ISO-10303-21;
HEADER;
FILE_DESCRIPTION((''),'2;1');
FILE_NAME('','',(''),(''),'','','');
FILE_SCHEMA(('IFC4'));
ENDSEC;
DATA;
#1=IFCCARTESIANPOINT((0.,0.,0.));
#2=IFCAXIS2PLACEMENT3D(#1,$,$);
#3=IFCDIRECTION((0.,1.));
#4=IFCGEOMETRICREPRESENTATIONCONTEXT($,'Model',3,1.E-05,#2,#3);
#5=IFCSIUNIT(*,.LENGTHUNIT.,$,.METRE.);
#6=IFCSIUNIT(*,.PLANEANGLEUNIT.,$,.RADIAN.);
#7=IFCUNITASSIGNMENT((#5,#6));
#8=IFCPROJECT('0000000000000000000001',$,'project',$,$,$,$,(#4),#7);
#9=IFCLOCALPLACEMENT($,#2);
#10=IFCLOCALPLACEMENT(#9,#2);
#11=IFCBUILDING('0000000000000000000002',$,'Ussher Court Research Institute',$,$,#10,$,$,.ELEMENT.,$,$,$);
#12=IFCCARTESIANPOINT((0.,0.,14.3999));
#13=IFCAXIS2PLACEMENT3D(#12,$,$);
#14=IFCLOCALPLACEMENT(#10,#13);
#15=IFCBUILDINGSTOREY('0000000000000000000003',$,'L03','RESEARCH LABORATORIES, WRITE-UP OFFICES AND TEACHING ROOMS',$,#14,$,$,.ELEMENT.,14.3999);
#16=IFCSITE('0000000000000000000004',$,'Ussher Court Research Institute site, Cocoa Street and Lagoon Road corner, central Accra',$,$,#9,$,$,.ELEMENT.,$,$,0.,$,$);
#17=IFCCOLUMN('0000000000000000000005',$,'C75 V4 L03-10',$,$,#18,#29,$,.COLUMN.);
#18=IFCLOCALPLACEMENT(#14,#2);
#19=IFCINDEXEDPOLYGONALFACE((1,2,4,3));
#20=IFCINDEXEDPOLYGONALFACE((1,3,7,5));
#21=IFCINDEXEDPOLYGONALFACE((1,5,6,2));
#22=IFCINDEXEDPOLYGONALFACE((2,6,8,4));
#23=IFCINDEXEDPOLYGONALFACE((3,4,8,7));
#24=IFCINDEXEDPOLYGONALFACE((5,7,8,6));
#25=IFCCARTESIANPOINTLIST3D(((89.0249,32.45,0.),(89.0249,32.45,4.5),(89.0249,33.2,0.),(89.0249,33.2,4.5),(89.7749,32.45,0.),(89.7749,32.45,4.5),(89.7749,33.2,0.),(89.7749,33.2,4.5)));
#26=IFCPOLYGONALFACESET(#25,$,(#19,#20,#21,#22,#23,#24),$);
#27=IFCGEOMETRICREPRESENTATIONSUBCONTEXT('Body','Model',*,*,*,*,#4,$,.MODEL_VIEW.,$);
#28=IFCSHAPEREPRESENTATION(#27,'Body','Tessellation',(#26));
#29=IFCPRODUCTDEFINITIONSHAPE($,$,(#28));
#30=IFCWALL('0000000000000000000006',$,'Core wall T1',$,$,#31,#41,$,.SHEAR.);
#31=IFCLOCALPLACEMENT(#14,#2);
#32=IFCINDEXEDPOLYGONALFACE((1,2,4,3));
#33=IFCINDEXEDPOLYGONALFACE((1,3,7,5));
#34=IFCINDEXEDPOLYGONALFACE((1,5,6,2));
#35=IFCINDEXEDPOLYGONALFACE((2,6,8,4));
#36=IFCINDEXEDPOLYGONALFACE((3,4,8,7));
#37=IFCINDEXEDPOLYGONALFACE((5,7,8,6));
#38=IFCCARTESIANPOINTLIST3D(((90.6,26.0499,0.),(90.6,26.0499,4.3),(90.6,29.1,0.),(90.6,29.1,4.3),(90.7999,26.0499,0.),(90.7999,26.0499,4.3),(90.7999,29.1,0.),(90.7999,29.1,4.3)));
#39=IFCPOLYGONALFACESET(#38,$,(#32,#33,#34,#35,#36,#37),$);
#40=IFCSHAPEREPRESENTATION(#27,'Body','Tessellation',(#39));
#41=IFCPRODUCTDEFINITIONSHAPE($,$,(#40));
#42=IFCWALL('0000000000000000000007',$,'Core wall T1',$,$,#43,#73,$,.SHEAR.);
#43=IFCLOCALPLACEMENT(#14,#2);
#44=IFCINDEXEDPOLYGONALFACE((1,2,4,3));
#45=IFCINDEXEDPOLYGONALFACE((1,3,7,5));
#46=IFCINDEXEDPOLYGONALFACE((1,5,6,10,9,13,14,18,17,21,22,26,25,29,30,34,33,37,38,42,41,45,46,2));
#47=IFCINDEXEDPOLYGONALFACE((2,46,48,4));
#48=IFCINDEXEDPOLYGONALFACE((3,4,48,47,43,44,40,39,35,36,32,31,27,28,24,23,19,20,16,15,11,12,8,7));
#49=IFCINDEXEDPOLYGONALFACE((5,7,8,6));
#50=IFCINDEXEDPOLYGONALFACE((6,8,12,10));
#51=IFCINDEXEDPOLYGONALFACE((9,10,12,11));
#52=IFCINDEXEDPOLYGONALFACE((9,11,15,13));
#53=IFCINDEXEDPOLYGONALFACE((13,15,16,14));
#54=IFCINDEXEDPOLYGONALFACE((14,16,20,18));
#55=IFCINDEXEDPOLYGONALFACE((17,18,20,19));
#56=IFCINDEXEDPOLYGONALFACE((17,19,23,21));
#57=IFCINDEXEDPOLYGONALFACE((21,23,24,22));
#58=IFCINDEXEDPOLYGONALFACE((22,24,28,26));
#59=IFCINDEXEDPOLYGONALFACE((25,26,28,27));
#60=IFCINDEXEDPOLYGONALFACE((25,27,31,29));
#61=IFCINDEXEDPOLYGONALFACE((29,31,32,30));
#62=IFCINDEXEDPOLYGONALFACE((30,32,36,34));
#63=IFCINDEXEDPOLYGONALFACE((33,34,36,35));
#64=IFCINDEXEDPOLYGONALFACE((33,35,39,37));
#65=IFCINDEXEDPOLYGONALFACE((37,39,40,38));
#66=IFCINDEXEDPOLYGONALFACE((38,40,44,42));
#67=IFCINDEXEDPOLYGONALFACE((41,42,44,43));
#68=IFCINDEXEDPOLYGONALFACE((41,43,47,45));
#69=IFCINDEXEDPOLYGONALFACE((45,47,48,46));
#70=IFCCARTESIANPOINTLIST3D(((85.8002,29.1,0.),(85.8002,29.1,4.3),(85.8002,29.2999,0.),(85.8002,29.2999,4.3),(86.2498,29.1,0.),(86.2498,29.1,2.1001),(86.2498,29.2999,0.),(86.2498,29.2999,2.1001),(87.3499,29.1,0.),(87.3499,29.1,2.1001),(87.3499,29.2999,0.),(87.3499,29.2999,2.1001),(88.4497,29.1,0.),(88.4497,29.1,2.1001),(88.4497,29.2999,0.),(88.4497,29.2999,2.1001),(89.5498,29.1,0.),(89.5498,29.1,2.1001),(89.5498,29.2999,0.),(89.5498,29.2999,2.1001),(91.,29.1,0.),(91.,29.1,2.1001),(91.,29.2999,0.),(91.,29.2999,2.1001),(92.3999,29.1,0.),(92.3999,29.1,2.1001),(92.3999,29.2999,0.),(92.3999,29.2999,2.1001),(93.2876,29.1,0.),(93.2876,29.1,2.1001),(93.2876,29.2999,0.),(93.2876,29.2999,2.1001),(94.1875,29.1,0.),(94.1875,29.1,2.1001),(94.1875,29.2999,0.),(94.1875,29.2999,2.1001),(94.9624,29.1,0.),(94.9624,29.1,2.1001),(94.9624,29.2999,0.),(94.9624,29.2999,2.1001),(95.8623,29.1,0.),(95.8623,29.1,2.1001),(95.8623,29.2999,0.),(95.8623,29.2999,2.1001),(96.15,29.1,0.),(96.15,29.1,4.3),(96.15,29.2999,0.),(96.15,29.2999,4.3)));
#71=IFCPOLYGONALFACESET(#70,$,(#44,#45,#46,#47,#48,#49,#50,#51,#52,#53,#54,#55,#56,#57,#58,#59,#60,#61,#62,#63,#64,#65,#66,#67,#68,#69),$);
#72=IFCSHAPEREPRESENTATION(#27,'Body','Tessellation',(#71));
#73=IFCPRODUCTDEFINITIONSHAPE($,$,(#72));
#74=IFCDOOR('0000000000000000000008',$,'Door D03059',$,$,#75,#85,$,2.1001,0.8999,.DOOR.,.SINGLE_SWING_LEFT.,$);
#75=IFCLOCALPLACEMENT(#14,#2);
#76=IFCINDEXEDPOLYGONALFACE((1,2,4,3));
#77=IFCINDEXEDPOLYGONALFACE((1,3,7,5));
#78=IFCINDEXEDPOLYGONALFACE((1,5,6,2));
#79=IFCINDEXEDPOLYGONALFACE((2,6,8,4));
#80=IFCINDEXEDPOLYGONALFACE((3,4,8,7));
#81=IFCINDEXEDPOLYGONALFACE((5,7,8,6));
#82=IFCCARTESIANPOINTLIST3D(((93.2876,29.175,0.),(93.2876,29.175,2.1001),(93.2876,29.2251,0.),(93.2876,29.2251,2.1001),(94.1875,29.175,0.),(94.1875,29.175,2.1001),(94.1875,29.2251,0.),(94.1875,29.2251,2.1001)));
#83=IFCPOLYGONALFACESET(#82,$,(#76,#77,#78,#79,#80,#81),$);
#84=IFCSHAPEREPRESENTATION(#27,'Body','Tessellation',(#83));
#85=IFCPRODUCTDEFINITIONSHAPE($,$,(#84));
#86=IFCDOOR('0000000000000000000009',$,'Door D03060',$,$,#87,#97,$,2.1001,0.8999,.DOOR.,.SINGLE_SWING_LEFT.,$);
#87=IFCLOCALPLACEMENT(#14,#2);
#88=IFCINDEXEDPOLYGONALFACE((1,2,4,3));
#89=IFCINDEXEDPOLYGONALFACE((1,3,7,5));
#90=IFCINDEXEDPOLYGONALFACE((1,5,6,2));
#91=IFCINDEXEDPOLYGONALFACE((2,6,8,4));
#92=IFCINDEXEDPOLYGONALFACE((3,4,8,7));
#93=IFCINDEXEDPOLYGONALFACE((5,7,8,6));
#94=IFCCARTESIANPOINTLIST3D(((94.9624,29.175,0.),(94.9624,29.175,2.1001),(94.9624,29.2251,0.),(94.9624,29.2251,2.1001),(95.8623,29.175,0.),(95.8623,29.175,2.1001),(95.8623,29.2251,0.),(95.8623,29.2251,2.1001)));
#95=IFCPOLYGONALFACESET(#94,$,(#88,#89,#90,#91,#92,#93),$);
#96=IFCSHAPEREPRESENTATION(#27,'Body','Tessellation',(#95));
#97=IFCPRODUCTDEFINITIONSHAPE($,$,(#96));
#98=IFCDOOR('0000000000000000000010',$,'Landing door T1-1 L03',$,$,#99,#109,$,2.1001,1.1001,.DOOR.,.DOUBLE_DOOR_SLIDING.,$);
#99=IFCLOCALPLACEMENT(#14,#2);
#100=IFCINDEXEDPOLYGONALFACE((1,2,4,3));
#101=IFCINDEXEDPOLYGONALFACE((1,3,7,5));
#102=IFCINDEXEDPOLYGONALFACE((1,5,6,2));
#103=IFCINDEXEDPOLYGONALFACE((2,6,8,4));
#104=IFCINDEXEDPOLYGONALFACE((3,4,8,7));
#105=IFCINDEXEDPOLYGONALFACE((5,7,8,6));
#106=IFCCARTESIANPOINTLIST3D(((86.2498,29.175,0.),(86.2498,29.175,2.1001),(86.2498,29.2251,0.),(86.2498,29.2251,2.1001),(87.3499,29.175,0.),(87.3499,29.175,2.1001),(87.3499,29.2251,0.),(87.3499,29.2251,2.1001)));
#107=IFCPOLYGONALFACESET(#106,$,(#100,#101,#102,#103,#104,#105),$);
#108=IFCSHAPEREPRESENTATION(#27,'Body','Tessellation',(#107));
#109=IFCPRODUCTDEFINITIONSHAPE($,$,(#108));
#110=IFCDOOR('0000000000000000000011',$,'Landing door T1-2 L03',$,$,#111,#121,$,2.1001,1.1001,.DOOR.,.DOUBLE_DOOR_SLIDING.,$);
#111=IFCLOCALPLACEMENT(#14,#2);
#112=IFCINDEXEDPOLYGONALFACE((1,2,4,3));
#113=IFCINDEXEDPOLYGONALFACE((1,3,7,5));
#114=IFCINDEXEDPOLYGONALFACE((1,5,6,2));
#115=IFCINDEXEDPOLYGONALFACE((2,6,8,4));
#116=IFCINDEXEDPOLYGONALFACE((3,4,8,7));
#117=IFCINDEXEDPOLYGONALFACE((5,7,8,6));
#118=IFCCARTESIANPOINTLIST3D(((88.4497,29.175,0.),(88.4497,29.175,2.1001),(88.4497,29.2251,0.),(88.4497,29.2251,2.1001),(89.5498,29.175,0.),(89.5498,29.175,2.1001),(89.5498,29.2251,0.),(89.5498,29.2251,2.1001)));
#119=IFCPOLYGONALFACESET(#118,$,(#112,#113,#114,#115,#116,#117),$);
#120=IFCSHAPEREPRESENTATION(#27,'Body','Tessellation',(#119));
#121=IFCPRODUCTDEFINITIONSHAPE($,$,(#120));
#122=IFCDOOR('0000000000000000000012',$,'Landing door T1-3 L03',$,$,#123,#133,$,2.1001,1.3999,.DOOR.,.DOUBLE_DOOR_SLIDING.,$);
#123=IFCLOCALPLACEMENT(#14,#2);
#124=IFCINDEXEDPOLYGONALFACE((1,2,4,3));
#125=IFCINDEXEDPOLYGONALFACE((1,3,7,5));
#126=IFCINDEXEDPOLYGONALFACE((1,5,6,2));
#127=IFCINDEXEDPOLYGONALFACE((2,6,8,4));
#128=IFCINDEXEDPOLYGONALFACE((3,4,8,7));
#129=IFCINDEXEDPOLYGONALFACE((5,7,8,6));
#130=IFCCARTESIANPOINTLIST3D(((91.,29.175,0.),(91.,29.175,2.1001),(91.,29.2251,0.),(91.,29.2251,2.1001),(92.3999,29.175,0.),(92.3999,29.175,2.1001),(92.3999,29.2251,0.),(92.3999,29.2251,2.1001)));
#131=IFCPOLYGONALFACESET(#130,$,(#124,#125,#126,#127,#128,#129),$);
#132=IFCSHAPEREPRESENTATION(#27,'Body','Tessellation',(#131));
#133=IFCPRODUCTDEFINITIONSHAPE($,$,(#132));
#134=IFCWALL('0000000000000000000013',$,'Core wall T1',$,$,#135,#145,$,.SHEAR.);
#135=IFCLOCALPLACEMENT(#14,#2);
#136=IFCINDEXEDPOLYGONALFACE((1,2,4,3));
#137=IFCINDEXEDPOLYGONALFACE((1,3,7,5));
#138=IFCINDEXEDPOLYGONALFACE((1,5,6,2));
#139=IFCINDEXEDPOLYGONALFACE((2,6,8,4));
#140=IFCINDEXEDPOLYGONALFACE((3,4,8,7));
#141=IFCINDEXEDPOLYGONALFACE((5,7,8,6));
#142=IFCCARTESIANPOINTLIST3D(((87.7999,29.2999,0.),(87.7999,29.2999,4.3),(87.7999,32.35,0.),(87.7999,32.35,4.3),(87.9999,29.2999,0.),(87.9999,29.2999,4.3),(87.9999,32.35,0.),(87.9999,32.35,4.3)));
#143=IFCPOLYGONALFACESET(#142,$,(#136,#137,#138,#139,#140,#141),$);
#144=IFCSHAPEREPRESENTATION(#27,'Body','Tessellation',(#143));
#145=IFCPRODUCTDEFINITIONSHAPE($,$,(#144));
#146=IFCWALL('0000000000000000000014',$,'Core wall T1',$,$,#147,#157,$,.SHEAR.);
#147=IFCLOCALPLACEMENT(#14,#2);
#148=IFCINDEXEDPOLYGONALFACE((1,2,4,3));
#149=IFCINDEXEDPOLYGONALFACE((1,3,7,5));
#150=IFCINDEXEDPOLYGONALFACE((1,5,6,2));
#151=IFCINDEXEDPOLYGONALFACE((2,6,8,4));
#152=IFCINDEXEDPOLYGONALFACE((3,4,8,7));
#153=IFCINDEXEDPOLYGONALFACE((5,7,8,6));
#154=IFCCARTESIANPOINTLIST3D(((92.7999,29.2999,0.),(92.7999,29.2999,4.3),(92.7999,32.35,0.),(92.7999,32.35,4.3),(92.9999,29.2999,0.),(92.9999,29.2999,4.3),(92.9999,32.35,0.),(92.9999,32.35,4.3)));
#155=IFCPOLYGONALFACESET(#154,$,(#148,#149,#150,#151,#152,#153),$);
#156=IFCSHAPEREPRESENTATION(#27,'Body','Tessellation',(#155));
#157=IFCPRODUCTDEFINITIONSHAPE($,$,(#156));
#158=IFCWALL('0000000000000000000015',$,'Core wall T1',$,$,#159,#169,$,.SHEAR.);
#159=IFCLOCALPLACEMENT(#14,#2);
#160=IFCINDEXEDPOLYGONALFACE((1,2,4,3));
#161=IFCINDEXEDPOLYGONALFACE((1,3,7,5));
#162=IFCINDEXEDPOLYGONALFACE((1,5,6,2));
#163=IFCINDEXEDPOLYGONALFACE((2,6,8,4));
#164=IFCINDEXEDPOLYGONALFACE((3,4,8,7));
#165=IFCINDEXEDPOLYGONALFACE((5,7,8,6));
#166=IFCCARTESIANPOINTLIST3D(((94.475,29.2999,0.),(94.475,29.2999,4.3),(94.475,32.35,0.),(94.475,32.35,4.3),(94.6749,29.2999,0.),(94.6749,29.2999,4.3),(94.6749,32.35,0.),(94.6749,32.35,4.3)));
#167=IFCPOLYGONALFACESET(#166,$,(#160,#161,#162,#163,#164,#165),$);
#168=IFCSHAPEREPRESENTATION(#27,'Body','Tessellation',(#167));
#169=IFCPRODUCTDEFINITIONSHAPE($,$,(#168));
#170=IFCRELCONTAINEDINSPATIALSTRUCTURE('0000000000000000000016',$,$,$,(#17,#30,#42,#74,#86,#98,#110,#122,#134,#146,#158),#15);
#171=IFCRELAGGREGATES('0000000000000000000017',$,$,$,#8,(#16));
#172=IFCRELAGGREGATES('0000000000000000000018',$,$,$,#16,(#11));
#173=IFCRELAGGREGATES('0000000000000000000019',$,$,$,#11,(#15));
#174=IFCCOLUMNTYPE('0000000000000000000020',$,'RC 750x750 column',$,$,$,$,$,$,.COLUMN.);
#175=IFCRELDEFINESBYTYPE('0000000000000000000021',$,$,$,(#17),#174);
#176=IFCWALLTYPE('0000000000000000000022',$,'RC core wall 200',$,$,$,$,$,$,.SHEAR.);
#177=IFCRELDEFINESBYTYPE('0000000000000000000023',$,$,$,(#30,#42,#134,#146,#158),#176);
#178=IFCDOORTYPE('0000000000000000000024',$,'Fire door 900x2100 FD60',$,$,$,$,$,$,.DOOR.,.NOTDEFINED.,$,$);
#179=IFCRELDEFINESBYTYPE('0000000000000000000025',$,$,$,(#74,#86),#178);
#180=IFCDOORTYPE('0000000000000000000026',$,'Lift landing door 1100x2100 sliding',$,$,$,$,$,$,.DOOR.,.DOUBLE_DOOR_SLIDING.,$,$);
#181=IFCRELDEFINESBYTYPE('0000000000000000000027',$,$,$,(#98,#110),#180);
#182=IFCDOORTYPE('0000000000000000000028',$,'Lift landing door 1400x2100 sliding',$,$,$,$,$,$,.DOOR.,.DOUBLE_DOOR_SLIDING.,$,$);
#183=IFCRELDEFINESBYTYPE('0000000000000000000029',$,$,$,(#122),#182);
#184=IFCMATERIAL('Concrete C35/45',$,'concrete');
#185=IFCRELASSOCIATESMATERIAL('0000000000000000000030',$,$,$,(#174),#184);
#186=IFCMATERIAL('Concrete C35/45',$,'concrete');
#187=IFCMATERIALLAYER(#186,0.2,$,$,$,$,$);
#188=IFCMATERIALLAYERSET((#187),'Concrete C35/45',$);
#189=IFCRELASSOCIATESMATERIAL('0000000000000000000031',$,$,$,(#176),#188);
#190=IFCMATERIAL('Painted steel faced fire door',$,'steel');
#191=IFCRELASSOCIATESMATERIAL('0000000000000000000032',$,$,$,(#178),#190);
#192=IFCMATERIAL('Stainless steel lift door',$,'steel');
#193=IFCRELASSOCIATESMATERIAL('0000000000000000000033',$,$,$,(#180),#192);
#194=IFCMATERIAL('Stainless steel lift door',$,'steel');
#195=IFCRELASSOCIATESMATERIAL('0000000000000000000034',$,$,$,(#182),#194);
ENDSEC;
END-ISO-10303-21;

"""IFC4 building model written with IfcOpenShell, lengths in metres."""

from ifc_helpers import new_model, si_unit, direction, frame, frame_2d, origin, origin_2d, place, context, subcontext, project, spatial, rectangle, extrude, material, layer, layer_set, material_profile, profile_set, type_object, element, fill, save


model = new_model("IFC4")

# Units and contexts
model_context = context("Model", 3, precision=1e-05, world=origin(), true_north=direction((0.0, 1.0)))
body_context = subcontext(model_context, "Body", "Model", "MODEL_VIEW")
ifc_project = project(units=[si_unit("LENGTHUNIT", "METRE"), si_unit("PLANEANGLEUNIT", "RADIAN")], contexts=[model_context])

# Site, building, storey
site_placement = place(None, origin())
site = spatial("IfcSite", under=ifc_project, at=site_placement, Name="Ussher Court Research Institute site, Cocoa Street and Lagoon Road corner, central Accra", CompositionType="ELEMENT", RefElevation=0.0)
building_placement = place(site_placement, origin())
building = spatial("IfcBuilding", under=site, at=building_placement, Name="Ussher Court Research Institute", CompositionType="ELEMENT")
storey_placement = place(building_placement, frame((0.0, 0.0, 14.3999)))
storey = spatial("IfcBuildingStorey", under=building, at=storey_placement, Name="L03", Description="RESEARCH LABORATORIES, WRITE-UP OFFICES AND TEACHING ROOMS", CompositionType="ELEMENT", Elevation=14.3999)

# Column
ifc_material_1 = material(Name="Concrete C35/45", Category="concrete")
ifc_material_profile = material_profile(ifc_material_1, rectangle(XDim=0.75, YDim=0.75, at=origin_2d()), Name="RC 750x750")
ifc_profile_set = profile_set([ifc_material_profile], Name="Concrete C35/45")
column_type = type_object("IfcColumnType", Name="RC 750x750 column", PredefinedType="COLUMN", material=ifc_profile_set)
column_placement = place(storey_placement, frame((89.3999, 32.825, 0.0), z_axis=(0.0, 0.0, 1.0), x_axis=(1.0, 0.0, 0.0)))
element("IfcColumn", 1, at=column_placement, inside=storey, type_object=column_type, Name="C75 V4 L03-10", PredefinedType="COLUMN", context=body_context, shape_type="SweptSolid", body=[
    extrude(rectangle(XDim=0.75, YDim=0.75, at=origin_2d()), origin(), (0.0, 0.0, 1.0), 4.5),
])

# Wall
ifc_material_2 = material(Name="Concrete C35/45", Category="concrete")
ifc_layer_1 = layer(ifc_material_2, 0.2)
ifc_layer_set_1 = layer_set([ifc_layer_1], Name="Concrete C35/45")
wall_type_1 = type_object("IfcWallType", Name="RC core wall 200", PredefinedType="SHEAR", material=ifc_layer_set_1)
wall_1_placement = place(storey_placement, frame((90.7, 26.05, 0.0), z_axis=(0.0, 0.0, 1.0), x_axis=(0.0, 1.0, 0.0)))
element("IfcWall", 2, at=wall_1_placement, inside=storey, type_object=wall_type_1, Name="Core wall T1", PredefinedType="SHEAR", context=body_context, shape_type="SweptSolid", body=[
    extrude(rectangle(XDim=3.05, YDim=0.2, at=frame_2d((1.5249, 0.0))), origin(), (0.0, 0.0, 1.0), 4.3),
])

# Wall, openings, doors
wall_2_placement = place(storey_placement, frame((96.1499, 29.2, 0.0), z_axis=(0.0, 0.0, 1.0), x_axis=(-1.0, 0.0, 0.0)))
wall_2 = element("IfcWall", 3, at=wall_2_placement, inside=storey, type_object=wall_type_1, Name="Core wall T1", PredefinedType="SHEAR", context=body_context, shape_type="SweptSolid", body=[
    extrude(rectangle(XDim=10.3499, YDim=0.2, at=frame_2d((5.1748, 0.0))), origin(), (0.0, 0.0, 1.0), 4.3),
])
opening_1_placement = place(wall_2_placement, frame((8.8, 0.0, 0.0)))
opening_1 = element("IfcOpeningElement", 4, at=opening_1_placement, cuts=wall_2, PredefinedType="OPENING", context=body_context, shape_type="SweptSolid", body=[
    extrude(rectangle(XDim=1.1001, YDim=2.1001, at=frame_2d((0.55, 1.05))), frame((0.0, 0.1099, 0.0), z_axis=(0.0, -1.0, 0.0), x_axis=(1.0, 0.0, 0.0)), (0.0, 0.0, 1.0), 0.22),
])
opening_2_placement = place(wall_2_placement, frame((6.6001, 0.0, 0.0)))
opening_2 = element("IfcOpeningElement", 5, at=opening_2_placement, cuts=wall_2, PredefinedType="OPENING", context=body_context, shape_type="SweptSolid", body=[
    extrude(rectangle(XDim=1.1001, YDim=2.1001, at=frame_2d((0.55, 1.05))), frame((0.0, 0.1099, 0.0), z_axis=(0.0, -1.0, 0.0), x_axis=(1.0, 0.0, 0.0)), (0.0, 0.0, 1.0), 0.22),
])
opening_3_placement = place(wall_2_placement, frame((3.75, 0.0, 0.0)))
opening_3 = element("IfcOpeningElement", 6, at=opening_3_placement, cuts=wall_2, PredefinedType="OPENING", context=body_context, shape_type="SweptSolid", body=[
    extrude(rectangle(XDim=1.3999, YDim=2.1001, at=frame_2d((0.7, 1.05))), frame((0.0, 0.1099, 0.0), z_axis=(0.0, -1.0, 0.0), x_axis=(1.0, 0.0, 0.0)), (0.0, 0.0, 1.0), 0.22),
])
opening_4_placement = place(wall_2_placement, frame((1.9624, 0.0, 0.0)))
opening_4 = element("IfcOpeningElement", 7, at=opening_4_placement, cuts=wall_2, PredefinedType="OPENING", context=body_context, shape_type="SweptSolid", body=[
    extrude(rectangle(XDim=0.8999, YDim=2.1001, at=frame_2d((0.45, 1.05))), frame((0.0, 0.1099, 0.0), z_axis=(0.0, -1.0, 0.0), x_axis=(1.0, 0.0, 0.0)), (0.0, 0.0, 1.0), 0.22),
])
opening_5_placement = place(wall_2_placement, frame((0.2876, 0.0, 0.0)))
opening_5 = element("IfcOpeningElement", 8, at=opening_5_placement, cuts=wall_2, PredefinedType="OPENING", context=body_context, shape_type="SweptSolid", body=[
    extrude(rectangle(XDim=0.8999, YDim=2.1001, at=frame_2d((0.45, 1.05))), frame((0.0, 0.1099, 0.0), z_axis=(0.0, -1.0, 0.0), x_axis=(1.0, 0.0, 0.0)), (0.0, 0.0, 1.0), 0.22),
])
ifc_material_3 = material(Name="Painted steel faced fire door", Category="steel")
door_type_1 = type_object("IfcDoorType", Name="Fire door 900x2100 FD60", OperationType="NOTDEFINED", PredefinedType="DOOR", material=ifc_material_3)
door_1_placement = place(opening_4_placement, origin())
door_1 = element("IfcDoor", 9, at=door_1_placement, inside=storey, type_object=door_type_1, Name="Door D03059", OperationType="SINGLE_SWING_LEFT", OverallHeight=2.1001, OverallWidth=0.8999, PredefinedType="DOOR", context=body_context, shape_type="SweptSolid", body=[
    extrude(rectangle(XDim=0.8999, YDim=2.1001, at=frame_2d((0.45, 1.05))), frame((0.0, 0.0249, 0.0), z_axis=(0.0, -1.0, 0.0), x_axis=(1.0, 0.0, 0.0)), (0.0, 0.0, 1.0), 0.05),
])
fill(opening_4, door_1)
door_2_placement = place(opening_5_placement, origin())
door_2 = element("IfcDoor", 10, at=door_2_placement, inside=storey, type_object=door_type_1, Name="Door D03060", OperationType="SINGLE_SWING_LEFT", OverallHeight=2.1001, OverallWidth=0.8999, PredefinedType="DOOR", context=body_context, shape_type="SweptSolid", body=[
    extrude(rectangle(XDim=0.8999, YDim=2.1001, at=frame_2d((0.45, 1.05))), frame((0.0, 0.0249, 0.0), z_axis=(0.0, -1.0, 0.0), x_axis=(1.0, 0.0, 0.0)), (0.0, 0.0, 1.0), 0.05),
])
fill(opening_5, door_2)
ifc_material_4 = material(Name="Stainless steel lift door", Category="steel")
door_type_2 = type_object("IfcDoorType", Name="Lift landing door 1100x2100 sliding", OperationType="DOUBLE_DOOR_SLIDING", PredefinedType="DOOR", material=ifc_material_4)
door_3_placement = place(opening_1_placement, origin())
door_3 = element("IfcDoor", 11, at=door_3_placement, inside=storey, type_object=door_type_2, Name="Landing door T1-1 L03", OperationType="DOUBLE_DOOR_SLIDING", OverallHeight=2.1001, OverallWidth=1.1001, PredefinedType="DOOR", context=body_context, shape_type="SweptSolid", body=[
    extrude(rectangle(XDim=1.1001, YDim=2.1001, at=frame_2d((0.55, 1.05))), frame((0.0, 0.0249, 0.0), z_axis=(0.0, -1.0, 0.0), x_axis=(1.0, 0.0, 0.0)), (0.0, 0.0, 1.0), 0.05),
])
fill(opening_1, door_3)
door_4_placement = place(opening_2_placement, origin())
door_4 = element("IfcDoor", 12, at=door_4_placement, inside=storey, type_object=door_type_2, Name="Landing door T1-2 L03", OperationType="DOUBLE_DOOR_SLIDING", OverallHeight=2.1001, OverallWidth=1.1001, PredefinedType="DOOR", context=body_context, shape_type="SweptSolid", body=[
    extrude(rectangle(XDim=1.1001, YDim=2.1001, at=frame_2d((0.55, 1.05))), frame((0.0, 0.0249, 0.0), z_axis=(0.0, -1.0, 0.0), x_axis=(1.0, 0.0, 0.0)), (0.0, 0.0, 1.0), 0.05),
])
fill(opening_2, door_4)
ifc_material_5 = material(Name="Stainless steel lift door", Category="steel")
door_type_3 = type_object("IfcDoorType", Name="Lift landing door 1400x2100 sliding", OperationType="DOUBLE_DOOR_SLIDING", PredefinedType="DOOR", material=ifc_material_5)
door_5_placement = place(opening_3_placement, origin())
door_5 = element("IfcDoor", 13, at=door_5_placement, inside=storey, type_object=door_type_3, Name="Landing door T1-3 L03", OperationType="DOUBLE_DOOR_SLIDING", OverallHeight=2.1001, OverallWidth=1.3999, PredefinedType="DOOR", context=body_context, shape_type="SweptSolid", body=[
    extrude(rectangle(XDim=1.3999, YDim=2.1001, at=frame_2d((0.7, 1.05))), frame((0.0, 0.0249, 0.0), z_axis=(0.0, -1.0, 0.0), x_axis=(1.0, 0.0, 0.0)), (0.0, 0.0, 1.0), 0.05),
])
fill(opening_3, door_5)

# Walls
for number, where, z_axis, x_axis, name in (
    (14, (87.8999, 29.3, 0.0), (0.0, 0.0, 1.0), (0.0, 1.0, 0.0), "Core wall T1"),
    (15, (92.8999, 29.3, 0.0), (0.0, 0.0, 1.0), (0.0, 1.0, 0.0), "Core wall T1"),
    (16, (94.575, 29.3, 0.0), (0.0, 0.0, 1.0), (0.0, 1.0, 0.0), "Core wall T1"),
):
    element("IfcWall", number, at=place(storey_placement, frame(where, z_axis=z_axis, x_axis=x_axis)), inside=storey, type_object=wall_type_1, Name=name, PredefinedType="SHEAR", context=body_context, shape_type="SweptSolid", body=[
        extrude(rectangle(XDim=3.05, YDim=0.2, at=frame_2d((1.5249, 0.0))), origin(), (0.0, 0.0, 1.0), 4.3),
    ])

save(model, "model.ifc")
